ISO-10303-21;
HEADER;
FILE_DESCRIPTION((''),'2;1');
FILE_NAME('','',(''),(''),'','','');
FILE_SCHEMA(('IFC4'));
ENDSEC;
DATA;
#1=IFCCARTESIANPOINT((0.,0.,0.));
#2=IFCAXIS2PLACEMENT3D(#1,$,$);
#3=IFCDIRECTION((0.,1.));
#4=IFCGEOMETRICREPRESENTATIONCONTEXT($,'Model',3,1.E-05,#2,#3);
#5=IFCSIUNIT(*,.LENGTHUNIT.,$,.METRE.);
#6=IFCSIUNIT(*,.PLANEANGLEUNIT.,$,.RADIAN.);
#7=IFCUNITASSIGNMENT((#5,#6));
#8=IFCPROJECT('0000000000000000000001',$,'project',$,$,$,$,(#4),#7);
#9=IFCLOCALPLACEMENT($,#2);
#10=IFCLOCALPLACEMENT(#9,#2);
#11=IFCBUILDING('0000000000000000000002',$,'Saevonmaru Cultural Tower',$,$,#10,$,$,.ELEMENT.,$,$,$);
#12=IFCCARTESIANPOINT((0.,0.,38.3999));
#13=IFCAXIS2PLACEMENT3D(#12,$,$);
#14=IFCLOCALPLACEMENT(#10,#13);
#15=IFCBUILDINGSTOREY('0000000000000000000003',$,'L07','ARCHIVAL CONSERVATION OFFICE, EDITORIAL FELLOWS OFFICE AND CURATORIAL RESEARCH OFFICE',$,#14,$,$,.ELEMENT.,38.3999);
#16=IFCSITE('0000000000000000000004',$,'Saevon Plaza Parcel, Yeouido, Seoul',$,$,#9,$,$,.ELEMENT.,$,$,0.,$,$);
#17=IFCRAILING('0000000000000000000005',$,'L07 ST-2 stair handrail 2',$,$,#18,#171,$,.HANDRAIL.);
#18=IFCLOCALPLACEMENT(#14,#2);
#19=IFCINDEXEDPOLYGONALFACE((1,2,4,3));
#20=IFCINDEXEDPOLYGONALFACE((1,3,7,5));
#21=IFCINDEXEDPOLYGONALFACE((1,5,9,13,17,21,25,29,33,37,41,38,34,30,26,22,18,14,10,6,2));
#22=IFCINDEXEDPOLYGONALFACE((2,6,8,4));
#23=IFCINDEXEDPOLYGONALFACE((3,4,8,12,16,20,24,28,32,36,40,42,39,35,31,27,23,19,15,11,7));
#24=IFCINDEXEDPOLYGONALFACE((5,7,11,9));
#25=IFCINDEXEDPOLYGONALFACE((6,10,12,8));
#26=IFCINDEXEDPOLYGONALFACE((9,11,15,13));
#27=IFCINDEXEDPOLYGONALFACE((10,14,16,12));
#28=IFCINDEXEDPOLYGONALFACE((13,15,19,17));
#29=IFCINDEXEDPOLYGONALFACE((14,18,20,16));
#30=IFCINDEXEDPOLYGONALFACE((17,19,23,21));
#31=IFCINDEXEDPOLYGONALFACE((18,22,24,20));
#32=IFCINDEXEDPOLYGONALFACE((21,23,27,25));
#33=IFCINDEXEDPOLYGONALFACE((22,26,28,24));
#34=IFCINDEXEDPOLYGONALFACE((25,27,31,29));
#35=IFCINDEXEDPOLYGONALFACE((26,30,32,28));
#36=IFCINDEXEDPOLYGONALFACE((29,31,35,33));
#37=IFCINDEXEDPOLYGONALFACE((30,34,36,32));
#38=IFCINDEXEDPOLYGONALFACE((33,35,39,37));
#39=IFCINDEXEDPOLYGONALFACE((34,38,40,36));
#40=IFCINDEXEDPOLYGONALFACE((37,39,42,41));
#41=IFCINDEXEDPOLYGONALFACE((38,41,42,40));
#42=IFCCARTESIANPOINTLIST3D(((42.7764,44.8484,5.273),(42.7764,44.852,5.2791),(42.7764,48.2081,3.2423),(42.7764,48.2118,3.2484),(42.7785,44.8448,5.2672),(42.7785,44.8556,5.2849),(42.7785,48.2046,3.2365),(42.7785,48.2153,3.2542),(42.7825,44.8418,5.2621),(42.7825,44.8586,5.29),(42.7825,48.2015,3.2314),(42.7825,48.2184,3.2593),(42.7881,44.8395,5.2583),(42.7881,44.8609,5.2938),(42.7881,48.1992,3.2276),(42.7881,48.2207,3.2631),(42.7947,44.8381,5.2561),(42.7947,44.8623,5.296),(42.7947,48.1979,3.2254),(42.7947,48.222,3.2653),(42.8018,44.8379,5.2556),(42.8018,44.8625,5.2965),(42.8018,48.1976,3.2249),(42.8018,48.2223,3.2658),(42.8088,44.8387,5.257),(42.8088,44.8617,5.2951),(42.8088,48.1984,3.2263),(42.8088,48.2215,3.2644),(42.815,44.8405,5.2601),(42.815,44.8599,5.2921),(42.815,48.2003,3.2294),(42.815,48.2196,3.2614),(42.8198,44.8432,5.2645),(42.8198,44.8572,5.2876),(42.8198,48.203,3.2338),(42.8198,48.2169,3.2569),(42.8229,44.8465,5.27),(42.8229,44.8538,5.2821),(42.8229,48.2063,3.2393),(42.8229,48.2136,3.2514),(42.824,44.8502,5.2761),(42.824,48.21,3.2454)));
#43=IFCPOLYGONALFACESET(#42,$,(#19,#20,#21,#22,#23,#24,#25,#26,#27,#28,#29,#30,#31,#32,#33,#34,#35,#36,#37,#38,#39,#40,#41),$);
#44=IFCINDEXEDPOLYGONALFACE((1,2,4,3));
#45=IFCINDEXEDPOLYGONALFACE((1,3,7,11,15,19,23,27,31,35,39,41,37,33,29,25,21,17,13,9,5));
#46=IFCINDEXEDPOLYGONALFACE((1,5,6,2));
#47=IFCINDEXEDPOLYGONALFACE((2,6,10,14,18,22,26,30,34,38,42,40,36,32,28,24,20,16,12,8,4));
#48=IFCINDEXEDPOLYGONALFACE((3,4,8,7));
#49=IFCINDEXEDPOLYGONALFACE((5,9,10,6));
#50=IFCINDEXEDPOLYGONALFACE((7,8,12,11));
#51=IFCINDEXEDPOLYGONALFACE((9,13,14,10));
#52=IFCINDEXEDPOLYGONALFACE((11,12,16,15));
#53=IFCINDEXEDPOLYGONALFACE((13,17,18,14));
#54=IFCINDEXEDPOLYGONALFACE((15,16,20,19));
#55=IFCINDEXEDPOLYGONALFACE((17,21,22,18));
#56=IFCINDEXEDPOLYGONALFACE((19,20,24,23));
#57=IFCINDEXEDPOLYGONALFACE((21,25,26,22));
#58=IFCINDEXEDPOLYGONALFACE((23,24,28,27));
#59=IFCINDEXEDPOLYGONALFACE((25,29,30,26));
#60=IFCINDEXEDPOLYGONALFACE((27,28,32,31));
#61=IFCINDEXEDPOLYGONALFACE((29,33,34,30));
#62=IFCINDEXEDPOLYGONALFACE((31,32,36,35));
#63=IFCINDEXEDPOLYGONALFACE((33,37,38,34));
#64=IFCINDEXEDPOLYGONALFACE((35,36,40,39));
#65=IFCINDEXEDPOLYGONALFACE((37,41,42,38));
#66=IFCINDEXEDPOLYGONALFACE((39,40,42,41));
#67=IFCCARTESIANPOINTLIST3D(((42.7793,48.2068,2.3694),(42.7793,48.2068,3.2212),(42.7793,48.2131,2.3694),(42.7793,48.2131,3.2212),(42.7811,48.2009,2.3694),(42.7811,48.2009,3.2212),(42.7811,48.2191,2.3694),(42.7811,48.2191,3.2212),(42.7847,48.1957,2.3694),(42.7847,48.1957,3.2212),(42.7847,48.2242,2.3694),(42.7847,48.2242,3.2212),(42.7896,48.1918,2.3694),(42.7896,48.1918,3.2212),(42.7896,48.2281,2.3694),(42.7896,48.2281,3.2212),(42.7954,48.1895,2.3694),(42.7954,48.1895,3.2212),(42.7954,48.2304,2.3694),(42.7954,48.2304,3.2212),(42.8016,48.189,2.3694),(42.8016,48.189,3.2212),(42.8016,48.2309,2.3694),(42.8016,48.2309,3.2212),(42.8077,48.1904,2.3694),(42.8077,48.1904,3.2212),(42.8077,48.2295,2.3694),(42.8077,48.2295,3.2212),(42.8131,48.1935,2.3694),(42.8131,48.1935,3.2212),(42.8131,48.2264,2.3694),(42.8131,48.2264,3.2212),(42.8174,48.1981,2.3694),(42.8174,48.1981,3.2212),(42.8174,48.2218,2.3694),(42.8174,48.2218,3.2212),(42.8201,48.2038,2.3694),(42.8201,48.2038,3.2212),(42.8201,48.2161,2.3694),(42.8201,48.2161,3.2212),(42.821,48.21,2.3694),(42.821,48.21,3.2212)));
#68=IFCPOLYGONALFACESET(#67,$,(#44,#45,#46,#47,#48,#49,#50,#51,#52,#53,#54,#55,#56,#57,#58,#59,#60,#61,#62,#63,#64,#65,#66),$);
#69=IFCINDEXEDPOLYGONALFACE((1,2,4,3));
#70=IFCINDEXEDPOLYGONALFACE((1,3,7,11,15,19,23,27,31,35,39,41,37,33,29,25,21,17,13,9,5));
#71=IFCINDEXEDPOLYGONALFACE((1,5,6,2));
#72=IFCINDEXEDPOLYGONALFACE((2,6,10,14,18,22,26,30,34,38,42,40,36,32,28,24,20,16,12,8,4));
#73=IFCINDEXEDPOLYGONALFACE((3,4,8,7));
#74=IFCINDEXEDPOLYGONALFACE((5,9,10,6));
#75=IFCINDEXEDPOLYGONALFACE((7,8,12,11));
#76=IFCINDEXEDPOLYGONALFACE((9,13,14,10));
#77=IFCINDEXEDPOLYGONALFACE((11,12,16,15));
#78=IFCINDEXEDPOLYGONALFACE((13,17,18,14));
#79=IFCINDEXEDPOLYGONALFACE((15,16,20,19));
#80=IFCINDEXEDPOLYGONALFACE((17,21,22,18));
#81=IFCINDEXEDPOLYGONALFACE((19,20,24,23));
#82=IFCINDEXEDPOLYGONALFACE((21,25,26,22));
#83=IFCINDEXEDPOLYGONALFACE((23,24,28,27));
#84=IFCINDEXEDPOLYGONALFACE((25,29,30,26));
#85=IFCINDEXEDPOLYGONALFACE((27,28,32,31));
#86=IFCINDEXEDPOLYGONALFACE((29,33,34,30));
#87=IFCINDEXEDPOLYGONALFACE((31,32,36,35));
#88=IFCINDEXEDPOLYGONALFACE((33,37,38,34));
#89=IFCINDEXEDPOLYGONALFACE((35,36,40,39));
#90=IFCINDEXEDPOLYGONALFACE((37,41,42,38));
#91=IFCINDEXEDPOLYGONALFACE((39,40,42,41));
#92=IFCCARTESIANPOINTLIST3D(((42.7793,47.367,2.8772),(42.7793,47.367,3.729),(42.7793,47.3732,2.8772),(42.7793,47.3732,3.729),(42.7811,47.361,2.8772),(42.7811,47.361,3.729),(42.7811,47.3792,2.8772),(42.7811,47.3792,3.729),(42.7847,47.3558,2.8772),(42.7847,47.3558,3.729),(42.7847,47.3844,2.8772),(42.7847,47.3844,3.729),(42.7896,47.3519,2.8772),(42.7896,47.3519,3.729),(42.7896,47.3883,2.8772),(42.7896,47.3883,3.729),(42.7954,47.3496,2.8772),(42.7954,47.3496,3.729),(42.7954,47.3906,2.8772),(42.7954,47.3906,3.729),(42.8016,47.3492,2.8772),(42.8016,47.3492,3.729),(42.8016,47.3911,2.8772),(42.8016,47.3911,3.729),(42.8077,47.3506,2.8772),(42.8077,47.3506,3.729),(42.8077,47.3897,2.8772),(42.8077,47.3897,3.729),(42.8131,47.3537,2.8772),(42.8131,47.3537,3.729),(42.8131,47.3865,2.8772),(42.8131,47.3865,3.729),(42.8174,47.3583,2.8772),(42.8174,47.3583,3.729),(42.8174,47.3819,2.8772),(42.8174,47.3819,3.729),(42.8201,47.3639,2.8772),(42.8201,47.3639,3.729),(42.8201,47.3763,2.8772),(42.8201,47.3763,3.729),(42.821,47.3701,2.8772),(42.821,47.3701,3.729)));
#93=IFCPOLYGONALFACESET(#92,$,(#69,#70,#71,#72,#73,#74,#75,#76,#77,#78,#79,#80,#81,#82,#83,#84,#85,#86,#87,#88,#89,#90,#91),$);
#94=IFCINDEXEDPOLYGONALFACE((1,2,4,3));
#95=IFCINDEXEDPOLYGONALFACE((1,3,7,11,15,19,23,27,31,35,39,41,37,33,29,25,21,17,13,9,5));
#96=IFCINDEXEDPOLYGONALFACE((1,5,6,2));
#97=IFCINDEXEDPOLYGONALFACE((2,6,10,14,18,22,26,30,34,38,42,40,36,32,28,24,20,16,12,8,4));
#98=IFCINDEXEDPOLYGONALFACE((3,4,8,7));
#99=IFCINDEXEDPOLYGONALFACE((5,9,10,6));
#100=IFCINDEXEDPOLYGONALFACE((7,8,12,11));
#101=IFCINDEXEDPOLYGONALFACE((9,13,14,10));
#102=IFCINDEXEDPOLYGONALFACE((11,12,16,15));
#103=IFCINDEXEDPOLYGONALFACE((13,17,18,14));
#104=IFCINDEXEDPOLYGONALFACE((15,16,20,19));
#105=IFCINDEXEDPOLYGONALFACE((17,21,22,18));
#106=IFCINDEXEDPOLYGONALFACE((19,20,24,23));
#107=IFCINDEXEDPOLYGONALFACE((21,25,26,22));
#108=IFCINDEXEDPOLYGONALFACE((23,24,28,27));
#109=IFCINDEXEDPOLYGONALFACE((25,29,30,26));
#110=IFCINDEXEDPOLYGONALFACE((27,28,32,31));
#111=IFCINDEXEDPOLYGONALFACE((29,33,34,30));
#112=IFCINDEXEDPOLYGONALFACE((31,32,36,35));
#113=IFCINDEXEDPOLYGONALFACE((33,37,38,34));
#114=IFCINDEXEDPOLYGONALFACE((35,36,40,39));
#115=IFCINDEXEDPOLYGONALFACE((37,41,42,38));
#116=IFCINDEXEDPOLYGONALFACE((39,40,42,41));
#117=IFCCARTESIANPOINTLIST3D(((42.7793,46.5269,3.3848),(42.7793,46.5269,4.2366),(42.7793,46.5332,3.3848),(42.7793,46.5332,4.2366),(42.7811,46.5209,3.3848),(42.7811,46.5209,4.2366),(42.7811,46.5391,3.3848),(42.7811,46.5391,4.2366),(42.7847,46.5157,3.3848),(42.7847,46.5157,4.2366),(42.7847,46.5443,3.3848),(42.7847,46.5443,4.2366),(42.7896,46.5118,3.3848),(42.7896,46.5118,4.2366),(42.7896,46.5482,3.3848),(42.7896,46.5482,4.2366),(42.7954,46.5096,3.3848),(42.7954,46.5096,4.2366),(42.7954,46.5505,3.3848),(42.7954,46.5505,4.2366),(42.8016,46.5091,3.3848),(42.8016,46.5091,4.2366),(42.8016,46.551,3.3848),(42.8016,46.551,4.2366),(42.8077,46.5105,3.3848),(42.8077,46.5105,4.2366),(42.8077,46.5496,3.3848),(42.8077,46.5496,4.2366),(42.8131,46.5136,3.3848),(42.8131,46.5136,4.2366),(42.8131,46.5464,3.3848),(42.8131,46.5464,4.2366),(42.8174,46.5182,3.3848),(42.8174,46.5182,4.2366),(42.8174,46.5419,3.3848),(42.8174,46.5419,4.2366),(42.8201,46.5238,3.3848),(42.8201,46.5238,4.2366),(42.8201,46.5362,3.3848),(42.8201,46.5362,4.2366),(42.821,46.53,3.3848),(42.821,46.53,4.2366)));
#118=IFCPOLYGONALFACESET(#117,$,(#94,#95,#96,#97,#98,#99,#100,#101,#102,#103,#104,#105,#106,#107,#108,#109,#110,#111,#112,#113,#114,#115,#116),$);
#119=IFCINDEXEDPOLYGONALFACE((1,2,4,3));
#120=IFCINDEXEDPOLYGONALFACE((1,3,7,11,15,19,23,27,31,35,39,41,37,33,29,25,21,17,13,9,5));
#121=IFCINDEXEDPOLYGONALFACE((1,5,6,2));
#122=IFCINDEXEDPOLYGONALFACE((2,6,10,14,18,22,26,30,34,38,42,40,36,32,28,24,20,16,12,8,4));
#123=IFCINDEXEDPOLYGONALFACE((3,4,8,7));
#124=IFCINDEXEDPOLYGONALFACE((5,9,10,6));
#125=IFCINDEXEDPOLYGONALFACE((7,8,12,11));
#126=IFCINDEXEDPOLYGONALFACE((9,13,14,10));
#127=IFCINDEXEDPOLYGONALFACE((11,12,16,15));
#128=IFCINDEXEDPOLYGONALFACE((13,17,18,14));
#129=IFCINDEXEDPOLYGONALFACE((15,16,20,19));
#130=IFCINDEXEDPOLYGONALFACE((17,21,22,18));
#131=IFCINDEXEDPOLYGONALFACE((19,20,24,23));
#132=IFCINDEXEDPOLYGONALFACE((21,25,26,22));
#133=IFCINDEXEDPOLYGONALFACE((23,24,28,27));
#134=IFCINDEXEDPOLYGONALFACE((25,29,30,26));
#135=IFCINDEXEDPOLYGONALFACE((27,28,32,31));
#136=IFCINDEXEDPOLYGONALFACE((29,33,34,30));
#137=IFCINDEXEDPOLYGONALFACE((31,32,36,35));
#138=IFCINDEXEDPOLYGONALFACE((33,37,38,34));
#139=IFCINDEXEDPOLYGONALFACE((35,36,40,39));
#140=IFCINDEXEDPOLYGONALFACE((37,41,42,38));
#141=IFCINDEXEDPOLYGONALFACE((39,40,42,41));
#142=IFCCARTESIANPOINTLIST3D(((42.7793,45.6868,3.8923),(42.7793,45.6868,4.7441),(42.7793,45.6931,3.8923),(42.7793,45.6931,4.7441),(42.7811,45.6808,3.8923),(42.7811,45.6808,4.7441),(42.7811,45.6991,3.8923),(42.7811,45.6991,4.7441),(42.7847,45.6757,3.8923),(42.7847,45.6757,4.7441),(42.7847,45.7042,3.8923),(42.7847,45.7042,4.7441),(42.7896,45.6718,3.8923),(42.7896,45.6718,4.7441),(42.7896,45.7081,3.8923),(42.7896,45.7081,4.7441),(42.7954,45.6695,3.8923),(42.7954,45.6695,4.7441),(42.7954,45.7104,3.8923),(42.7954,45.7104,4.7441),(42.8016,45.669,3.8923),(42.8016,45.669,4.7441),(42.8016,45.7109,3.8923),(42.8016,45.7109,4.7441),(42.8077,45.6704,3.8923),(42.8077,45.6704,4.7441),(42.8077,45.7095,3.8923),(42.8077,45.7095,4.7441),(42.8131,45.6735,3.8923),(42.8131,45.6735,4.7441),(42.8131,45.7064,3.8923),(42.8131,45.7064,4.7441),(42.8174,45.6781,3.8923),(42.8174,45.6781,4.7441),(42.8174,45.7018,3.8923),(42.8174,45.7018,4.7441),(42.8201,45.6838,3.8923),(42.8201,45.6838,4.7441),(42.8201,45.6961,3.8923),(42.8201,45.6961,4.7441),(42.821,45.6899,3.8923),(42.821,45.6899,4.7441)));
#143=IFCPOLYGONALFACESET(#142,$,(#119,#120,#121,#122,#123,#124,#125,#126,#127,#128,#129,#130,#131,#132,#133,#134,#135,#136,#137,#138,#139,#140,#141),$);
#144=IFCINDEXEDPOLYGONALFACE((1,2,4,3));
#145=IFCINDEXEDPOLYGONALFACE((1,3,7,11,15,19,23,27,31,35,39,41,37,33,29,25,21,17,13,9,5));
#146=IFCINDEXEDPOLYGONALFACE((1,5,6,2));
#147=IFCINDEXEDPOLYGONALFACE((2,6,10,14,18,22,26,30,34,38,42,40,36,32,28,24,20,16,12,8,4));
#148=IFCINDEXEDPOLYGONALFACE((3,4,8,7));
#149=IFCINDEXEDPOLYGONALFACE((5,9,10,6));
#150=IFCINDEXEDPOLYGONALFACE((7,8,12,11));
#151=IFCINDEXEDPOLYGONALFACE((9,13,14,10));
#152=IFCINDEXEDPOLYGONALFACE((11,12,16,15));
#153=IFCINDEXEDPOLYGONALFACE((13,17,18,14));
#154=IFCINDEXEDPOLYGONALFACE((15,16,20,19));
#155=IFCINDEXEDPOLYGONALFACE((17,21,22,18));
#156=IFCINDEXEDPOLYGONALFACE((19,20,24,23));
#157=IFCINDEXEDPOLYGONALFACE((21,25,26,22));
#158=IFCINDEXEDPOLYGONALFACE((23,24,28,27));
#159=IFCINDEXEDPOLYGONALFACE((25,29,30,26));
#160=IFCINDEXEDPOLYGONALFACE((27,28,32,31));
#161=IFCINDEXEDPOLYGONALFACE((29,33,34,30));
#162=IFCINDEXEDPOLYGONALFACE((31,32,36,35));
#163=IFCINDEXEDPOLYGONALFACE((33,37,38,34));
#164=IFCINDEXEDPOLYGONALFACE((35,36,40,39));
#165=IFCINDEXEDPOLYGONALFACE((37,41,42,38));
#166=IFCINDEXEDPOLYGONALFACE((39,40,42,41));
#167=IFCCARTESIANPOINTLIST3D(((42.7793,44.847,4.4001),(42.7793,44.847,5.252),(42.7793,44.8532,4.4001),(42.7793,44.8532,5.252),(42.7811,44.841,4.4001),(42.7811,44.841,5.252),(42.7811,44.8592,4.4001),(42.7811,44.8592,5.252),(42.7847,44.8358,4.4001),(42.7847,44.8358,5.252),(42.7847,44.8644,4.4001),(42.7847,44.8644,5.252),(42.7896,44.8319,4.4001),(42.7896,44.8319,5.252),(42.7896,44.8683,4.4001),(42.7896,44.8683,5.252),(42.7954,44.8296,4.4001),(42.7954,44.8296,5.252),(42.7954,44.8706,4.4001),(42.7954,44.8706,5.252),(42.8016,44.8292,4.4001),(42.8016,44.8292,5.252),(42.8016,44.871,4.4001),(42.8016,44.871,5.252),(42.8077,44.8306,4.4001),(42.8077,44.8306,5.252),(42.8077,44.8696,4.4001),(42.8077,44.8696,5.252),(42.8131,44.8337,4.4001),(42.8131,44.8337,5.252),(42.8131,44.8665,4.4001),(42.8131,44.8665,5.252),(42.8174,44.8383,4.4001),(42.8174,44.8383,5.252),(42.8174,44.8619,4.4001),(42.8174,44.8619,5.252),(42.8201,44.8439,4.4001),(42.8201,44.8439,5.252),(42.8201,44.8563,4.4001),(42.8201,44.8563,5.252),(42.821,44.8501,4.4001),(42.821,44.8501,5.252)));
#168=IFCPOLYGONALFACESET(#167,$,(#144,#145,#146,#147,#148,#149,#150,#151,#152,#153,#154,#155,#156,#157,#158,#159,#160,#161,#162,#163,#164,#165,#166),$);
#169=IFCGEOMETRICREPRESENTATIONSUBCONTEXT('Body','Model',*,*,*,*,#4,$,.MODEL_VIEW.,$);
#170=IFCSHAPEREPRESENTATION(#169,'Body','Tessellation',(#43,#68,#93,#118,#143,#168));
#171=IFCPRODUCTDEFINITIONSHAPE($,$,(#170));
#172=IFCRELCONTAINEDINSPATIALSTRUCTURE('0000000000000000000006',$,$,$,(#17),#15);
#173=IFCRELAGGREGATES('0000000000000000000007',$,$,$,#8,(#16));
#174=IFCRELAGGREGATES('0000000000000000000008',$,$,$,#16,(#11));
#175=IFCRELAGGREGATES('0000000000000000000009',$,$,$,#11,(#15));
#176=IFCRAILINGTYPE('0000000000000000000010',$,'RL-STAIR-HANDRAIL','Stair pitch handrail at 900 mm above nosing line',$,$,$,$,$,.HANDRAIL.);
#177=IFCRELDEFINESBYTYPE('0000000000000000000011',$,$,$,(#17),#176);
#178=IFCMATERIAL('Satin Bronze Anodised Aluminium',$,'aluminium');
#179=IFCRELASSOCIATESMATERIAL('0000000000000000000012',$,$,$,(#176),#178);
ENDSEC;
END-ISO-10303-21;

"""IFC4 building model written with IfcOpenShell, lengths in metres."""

from ifc_helpers import new_model, si_unit, direction, frame, origin, origin_2d, place, context, subcontext, project, spatial, circle, extrude, material, type_object, element, save


model = new_model("IFC4")

# Units and contexts
model_context = context("Model", 3, precision=1e-05, world=origin(), true_north=direction((0.0, 1.0)))
body_context = subcontext(model_context, "Body", "Model", "MODEL_VIEW")
ifc_project = project(units=[si_unit("LENGTHUNIT", "METRE"), si_unit("PLANEANGLEUNIT", "RADIAN")], contexts=[model_context])

# Site, building, storey
site_placement = place(None, origin())
site = spatial("IfcSite", under=ifc_project, at=site_placement, Name="Saevon Plaza Parcel, Yeouido, Seoul", CompositionType="ELEMENT", RefElevation=0.0)
building_placement = place(site_placement, origin())
building = spatial("IfcBuilding", under=site, at=building_placement, Name="Saevonmaru Cultural Tower", CompositionType="ELEMENT")
storey_placement = place(building_placement, frame((0.0, 0.0, 38.3999)))
storey = spatial("IfcBuildingStorey", under=building, at=storey_placement, Name="L07", Description="ARCHIVAL CONSERVATION OFFICE, EDITORIAL FELLOWS OFFICE AND CURATORIAL RESEARCH OFFICE", CompositionType="ELEMENT", Elevation=38.3999)

# Shared definitions
ifc_material_1 = material(Name="Satin Bronze Anodised Aluminium", Category="aluminium")

# Railing
railing_type_1 = type_object("IfcRailingType", Name="RL-STAIR-HANDRAIL", Description="Stair pitch handrail at 900 mm above nosing line", PredefinedType="HANDRAIL", material=ifc_material_1)
railing_1_placement = place(storey_placement, frame((42.8, 48.21, 2.3694)))
element("IfcRailing", 1, at=railing_1_placement, inside=storey, type_object=railing_type_1, Name="L07 ST-2 stair handrail 2", PredefinedType="HANDRAIL", context=body_context, shape_type="SweptSolid", body=[
    extrude(circle(Radius=0.0239, at=origin_2d()), frame((0.0, 0.0, 0.876), z_axis=(0.0, -0.85582, 0.517273), x_axis=(1.0, 0.0, 0.0)), (0.0, 0.0, 1.0), 3.9258),
    extrude(circle(Radius=0.021, at=origin_2d()), origin(), (0.0, 0.0, 1.0), 0.8518),
    extrude(circle(Radius=0.021, at=origin_2d()), frame((0.0, -0.8398, 0.5078)), (0.0, 0.0, 1.0), 0.8518),
    extrude(circle(Radius=0.021, at=origin_2d()), frame((0.0, -1.6799, 1.0154)), (0.0, 0.0, 1.0), 0.8518),
    extrude(circle(Radius=0.021, at=origin_2d()), frame((0.0, -2.52, 1.5229)), (0.0, 0.0, 1.0), 0.8518),
    extrude(circle(Radius=0.021, at=origin_2d()), frame((0.0, -3.3599, 2.0308)), (0.0, 0.0, 1.0), 0.8518),
])

save(model, "model.ifc")
